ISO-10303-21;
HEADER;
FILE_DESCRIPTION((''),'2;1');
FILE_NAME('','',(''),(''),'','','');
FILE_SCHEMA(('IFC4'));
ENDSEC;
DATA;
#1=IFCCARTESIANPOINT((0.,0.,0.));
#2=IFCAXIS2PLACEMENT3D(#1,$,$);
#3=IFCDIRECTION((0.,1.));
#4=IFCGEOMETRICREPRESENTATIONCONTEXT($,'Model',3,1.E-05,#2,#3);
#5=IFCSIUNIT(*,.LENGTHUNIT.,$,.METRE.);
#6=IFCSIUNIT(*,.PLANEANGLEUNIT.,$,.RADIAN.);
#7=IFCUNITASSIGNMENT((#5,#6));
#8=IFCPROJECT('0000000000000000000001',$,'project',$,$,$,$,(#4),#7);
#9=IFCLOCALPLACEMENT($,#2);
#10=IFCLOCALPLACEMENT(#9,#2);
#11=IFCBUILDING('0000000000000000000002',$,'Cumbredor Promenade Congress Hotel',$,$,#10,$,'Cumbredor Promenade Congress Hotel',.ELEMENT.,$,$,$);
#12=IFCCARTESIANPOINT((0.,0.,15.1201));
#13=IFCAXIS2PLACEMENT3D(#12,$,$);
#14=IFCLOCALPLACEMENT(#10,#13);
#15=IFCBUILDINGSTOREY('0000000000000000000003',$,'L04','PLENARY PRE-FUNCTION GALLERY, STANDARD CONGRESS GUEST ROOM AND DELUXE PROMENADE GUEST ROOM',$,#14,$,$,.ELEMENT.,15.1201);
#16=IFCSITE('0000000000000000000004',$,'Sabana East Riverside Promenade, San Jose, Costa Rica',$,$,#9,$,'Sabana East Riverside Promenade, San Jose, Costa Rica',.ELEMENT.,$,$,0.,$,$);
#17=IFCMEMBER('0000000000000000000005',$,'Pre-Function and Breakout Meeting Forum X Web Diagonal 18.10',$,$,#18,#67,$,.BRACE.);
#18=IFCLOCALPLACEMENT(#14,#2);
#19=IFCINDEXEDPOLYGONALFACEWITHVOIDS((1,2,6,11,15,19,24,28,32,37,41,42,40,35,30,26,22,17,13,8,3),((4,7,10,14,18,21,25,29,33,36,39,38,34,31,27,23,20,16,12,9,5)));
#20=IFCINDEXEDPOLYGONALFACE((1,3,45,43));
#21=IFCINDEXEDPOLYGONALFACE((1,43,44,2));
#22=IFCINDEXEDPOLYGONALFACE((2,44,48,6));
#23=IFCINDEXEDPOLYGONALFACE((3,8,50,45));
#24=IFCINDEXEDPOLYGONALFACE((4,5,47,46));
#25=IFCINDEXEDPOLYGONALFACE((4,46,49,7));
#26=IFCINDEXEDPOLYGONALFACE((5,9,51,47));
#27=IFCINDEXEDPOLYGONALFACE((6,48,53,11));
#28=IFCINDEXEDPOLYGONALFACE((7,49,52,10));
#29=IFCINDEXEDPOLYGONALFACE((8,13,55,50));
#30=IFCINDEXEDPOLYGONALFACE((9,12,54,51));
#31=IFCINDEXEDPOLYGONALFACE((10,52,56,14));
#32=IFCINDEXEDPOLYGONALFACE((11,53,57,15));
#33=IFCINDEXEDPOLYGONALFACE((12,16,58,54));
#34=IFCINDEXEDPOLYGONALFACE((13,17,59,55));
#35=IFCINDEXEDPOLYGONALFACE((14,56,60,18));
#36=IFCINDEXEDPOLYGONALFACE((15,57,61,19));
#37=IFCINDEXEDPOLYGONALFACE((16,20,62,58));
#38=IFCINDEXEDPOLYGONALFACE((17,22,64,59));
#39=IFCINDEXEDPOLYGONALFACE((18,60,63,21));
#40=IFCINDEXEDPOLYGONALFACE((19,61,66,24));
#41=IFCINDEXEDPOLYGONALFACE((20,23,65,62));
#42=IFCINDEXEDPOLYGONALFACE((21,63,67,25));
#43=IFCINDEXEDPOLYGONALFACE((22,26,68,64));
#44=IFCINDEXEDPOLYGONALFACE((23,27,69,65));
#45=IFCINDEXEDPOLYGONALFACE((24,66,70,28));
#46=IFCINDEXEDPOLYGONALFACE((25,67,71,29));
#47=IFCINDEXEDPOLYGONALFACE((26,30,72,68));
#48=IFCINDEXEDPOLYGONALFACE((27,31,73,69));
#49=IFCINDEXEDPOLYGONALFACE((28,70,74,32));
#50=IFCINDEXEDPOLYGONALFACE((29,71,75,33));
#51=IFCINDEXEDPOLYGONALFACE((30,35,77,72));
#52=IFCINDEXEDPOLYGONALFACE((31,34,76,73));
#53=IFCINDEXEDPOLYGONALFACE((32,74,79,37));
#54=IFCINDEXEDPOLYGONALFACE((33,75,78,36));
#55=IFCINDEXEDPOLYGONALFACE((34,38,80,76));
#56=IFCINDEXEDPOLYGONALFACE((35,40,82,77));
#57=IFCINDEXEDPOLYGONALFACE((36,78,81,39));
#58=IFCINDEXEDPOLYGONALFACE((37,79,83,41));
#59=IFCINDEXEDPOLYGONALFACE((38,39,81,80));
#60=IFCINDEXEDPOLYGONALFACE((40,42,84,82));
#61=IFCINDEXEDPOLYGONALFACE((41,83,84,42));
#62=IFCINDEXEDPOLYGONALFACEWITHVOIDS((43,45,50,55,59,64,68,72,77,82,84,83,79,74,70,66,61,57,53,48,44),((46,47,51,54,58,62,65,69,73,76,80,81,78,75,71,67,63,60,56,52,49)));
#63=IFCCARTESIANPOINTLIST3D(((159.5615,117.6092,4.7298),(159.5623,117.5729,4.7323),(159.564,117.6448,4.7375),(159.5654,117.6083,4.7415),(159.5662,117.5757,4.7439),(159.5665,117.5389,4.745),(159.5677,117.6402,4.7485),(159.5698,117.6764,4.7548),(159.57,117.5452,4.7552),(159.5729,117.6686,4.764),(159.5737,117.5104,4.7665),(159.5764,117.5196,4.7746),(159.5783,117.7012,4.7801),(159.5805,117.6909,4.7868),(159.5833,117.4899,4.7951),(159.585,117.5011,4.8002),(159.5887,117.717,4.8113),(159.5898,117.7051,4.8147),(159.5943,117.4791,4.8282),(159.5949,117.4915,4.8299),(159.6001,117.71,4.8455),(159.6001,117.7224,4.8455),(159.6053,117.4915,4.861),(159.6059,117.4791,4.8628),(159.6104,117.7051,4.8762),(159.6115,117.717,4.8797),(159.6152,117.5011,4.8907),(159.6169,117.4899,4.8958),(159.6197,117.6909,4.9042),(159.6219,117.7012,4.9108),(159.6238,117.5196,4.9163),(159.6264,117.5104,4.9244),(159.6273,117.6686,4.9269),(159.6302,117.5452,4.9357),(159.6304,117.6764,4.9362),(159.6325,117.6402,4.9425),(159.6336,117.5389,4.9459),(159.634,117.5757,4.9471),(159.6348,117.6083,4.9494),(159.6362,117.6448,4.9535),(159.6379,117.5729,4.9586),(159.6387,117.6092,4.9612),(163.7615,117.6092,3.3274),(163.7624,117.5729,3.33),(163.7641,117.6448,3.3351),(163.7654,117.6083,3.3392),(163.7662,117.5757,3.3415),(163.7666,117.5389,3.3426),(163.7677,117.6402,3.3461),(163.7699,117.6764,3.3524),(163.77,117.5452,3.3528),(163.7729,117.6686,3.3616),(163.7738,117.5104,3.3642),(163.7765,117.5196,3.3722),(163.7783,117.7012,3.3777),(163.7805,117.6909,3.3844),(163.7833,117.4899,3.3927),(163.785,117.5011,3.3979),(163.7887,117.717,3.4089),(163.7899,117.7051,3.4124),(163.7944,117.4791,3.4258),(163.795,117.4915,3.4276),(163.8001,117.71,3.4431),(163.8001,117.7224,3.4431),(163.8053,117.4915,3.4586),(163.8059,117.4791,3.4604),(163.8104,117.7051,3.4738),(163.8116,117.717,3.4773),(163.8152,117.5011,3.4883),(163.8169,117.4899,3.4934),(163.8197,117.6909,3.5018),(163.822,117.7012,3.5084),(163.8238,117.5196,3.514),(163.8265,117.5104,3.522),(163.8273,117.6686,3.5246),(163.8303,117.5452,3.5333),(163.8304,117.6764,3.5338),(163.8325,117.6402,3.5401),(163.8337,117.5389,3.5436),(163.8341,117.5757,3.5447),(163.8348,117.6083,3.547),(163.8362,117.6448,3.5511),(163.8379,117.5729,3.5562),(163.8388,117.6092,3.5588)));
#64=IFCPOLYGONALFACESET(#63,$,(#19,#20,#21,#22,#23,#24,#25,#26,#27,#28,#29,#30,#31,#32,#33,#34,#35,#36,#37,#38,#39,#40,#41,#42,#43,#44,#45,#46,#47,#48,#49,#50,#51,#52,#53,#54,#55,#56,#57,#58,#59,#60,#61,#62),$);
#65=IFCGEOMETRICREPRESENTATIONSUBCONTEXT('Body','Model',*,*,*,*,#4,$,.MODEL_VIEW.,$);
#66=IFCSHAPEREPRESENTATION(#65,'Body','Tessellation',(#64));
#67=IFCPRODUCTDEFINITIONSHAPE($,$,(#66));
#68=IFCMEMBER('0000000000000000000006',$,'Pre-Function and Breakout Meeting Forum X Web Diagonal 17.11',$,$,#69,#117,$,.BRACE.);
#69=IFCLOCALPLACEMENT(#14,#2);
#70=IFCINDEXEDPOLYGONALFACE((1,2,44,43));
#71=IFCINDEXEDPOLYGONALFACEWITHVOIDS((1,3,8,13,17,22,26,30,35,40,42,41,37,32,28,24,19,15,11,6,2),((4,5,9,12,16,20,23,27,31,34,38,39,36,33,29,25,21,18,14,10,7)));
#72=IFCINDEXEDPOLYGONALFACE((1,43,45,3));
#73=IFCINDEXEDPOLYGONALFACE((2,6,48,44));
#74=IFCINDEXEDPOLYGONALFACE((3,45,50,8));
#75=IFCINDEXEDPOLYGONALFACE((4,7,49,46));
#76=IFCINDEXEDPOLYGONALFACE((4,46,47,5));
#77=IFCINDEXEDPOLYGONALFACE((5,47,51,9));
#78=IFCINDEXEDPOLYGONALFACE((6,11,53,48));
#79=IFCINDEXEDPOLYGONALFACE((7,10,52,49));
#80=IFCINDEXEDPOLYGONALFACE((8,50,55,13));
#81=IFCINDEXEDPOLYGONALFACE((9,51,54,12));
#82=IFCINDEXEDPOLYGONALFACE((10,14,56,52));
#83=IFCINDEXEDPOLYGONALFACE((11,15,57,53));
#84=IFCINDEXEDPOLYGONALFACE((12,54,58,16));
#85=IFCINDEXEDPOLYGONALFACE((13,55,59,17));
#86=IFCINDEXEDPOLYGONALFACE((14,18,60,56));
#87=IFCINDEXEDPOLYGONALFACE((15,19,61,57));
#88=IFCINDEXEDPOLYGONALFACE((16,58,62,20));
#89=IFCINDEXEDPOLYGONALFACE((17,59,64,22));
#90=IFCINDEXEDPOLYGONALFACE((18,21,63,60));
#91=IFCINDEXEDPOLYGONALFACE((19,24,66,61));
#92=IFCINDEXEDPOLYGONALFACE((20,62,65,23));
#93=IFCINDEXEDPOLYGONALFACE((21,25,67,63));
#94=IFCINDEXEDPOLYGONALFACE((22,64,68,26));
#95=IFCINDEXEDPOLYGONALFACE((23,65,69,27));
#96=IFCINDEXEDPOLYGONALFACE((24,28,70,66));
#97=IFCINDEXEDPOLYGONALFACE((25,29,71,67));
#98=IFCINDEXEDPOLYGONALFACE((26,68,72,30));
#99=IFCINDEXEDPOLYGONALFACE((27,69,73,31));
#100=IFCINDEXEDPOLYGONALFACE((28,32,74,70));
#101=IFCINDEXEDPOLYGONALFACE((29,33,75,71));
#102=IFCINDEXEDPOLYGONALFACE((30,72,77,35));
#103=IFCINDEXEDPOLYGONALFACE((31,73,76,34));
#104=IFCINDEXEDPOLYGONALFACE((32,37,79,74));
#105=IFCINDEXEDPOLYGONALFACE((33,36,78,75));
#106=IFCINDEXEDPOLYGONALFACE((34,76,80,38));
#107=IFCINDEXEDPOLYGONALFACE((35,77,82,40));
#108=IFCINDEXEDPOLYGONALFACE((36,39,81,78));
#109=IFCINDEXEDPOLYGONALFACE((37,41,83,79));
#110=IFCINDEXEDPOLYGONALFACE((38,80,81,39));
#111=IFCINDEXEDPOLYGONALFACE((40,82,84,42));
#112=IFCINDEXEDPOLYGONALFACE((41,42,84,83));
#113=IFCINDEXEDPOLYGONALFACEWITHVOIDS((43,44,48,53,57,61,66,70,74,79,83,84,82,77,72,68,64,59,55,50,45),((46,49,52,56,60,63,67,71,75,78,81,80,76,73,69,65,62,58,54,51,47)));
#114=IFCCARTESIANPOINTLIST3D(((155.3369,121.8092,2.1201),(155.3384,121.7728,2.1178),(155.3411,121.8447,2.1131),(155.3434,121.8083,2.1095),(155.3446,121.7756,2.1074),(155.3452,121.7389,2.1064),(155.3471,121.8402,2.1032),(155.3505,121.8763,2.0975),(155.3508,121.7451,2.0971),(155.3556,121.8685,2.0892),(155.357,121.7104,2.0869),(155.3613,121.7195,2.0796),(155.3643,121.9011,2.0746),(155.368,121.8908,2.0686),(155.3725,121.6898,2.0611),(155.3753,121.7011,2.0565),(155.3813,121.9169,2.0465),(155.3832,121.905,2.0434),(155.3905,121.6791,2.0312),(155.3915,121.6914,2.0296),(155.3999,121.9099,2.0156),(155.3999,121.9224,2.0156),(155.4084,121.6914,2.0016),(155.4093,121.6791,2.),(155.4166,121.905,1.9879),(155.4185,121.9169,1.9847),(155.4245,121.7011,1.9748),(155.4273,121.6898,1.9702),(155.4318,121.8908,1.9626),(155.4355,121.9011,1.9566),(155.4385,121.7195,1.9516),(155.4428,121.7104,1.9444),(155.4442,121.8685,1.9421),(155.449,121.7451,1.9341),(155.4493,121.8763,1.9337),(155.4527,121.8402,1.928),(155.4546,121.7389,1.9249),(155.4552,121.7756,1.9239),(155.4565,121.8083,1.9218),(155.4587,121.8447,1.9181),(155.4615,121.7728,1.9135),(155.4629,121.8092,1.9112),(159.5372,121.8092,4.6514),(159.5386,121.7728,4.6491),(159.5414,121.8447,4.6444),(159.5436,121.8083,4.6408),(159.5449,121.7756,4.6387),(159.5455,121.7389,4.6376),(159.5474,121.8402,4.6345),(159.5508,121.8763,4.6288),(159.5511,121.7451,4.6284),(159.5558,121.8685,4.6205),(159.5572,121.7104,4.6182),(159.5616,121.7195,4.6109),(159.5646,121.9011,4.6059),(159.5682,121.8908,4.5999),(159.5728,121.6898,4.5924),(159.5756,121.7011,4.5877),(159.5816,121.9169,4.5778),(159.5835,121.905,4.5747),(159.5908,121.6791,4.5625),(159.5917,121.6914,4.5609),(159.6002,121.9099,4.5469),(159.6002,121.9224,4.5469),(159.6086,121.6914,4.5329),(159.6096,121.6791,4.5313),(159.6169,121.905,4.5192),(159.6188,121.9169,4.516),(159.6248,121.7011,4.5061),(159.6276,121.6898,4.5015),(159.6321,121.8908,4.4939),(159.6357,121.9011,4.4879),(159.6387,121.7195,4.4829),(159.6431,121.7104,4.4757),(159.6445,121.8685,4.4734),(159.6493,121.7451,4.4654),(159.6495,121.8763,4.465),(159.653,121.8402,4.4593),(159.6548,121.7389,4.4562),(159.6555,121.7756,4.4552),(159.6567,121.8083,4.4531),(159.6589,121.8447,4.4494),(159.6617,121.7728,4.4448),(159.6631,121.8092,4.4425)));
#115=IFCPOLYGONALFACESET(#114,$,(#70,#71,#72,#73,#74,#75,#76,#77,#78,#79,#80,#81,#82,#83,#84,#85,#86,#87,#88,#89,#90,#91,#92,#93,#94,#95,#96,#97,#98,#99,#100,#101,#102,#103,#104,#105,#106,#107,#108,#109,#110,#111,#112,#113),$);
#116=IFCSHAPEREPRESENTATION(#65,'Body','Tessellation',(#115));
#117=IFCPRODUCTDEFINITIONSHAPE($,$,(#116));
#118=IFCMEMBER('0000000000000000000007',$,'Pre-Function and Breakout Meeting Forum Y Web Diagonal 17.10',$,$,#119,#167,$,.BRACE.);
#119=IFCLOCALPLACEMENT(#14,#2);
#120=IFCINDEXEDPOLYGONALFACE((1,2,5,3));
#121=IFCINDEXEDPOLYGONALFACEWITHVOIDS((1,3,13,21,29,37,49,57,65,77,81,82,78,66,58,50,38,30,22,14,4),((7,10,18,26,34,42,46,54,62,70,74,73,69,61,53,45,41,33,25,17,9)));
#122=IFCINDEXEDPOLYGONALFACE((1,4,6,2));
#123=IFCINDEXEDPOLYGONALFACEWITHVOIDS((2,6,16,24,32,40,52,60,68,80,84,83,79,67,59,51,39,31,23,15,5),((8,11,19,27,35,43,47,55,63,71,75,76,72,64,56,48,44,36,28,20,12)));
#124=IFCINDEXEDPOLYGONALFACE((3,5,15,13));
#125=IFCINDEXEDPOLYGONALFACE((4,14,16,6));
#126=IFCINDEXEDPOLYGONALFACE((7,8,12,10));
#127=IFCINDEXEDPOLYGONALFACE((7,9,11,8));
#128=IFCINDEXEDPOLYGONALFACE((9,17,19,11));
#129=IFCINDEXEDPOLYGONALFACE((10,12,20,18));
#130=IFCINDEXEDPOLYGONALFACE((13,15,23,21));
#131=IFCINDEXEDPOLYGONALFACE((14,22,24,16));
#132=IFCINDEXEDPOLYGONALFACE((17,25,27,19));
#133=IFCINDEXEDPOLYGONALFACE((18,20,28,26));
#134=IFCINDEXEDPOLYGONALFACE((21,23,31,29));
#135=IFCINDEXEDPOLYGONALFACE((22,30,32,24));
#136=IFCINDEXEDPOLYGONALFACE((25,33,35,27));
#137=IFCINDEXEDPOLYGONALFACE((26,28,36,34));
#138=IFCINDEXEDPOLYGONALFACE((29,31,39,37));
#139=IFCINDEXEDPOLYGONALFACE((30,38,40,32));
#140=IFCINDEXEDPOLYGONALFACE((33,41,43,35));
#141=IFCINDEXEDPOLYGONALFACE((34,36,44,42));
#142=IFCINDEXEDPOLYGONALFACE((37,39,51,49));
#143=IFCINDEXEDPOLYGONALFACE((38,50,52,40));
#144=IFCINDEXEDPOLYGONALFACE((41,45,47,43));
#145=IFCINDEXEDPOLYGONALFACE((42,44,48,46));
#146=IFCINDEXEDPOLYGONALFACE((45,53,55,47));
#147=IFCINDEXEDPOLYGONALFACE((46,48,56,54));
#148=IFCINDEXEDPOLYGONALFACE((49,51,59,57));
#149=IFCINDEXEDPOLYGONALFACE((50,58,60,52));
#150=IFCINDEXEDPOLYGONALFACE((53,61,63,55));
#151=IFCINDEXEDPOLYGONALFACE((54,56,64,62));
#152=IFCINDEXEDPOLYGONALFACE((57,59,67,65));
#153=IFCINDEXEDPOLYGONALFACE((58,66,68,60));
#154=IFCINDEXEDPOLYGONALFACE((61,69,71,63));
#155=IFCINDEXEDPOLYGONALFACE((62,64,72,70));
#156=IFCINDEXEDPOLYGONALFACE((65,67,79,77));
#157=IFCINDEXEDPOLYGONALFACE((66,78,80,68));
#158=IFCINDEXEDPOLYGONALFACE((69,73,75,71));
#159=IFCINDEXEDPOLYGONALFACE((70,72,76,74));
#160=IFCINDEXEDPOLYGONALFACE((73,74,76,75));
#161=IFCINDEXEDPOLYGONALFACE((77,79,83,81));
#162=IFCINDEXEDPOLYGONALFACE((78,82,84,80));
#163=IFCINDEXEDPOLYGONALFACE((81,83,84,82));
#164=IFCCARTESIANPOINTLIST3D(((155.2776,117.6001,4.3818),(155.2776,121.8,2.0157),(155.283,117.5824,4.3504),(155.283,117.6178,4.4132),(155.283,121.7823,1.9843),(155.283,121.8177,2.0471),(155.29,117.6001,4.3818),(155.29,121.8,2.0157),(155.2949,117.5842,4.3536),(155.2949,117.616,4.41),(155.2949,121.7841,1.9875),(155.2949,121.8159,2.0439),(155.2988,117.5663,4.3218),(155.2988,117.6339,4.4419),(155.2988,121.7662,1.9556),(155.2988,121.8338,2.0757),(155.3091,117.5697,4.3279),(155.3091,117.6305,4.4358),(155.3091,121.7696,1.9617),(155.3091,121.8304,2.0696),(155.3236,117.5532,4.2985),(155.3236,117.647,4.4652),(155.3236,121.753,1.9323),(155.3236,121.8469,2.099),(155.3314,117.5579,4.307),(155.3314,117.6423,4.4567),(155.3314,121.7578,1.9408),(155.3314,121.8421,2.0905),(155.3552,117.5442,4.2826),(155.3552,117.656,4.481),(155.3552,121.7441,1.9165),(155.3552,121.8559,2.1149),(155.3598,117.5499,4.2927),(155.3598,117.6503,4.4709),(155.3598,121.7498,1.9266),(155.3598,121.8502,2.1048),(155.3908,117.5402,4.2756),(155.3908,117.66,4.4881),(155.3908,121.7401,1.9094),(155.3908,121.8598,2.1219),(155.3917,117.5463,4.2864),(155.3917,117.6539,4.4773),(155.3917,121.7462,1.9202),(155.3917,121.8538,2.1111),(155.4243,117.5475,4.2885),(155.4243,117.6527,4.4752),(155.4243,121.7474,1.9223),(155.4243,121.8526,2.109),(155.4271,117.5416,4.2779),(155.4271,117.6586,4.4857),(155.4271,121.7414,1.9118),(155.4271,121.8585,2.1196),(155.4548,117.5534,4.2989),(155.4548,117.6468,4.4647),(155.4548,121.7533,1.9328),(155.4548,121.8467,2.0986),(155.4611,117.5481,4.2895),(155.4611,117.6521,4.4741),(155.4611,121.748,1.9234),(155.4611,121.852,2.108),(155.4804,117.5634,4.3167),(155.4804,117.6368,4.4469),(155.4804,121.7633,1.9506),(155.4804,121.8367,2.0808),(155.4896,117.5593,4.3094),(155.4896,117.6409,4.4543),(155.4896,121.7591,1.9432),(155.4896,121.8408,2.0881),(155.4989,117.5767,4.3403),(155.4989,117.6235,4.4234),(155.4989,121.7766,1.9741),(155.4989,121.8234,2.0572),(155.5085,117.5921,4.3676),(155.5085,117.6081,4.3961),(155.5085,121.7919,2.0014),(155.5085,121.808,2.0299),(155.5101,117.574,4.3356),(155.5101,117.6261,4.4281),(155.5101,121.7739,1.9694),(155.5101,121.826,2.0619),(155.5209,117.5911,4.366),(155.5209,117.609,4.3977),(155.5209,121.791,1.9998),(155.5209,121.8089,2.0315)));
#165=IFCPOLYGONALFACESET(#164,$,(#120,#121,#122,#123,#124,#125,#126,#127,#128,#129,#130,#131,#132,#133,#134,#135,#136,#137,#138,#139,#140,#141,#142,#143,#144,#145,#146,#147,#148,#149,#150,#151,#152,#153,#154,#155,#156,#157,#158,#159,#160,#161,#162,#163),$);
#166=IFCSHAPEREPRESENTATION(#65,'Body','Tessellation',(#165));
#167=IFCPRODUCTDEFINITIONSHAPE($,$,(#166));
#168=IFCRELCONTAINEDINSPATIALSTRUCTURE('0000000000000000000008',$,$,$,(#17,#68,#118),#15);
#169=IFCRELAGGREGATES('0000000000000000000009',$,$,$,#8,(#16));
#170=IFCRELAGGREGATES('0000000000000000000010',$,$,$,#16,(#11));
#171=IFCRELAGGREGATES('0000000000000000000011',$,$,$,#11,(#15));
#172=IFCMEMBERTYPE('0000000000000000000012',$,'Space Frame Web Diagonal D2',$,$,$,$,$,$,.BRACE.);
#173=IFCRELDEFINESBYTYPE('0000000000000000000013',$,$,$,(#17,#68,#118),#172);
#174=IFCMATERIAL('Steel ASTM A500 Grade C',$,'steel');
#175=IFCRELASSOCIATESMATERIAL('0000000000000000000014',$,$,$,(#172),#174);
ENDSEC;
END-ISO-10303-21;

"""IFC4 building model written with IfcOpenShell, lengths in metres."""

from ifc_helpers import new_model, si_unit, direction, frame, origin, origin_2d, place, context, subcontext, project, spatial, hollow_circle, extrude, material, material_profile, profile_set, type_object, element, save


model = new_model("IFC4")

# Units and contexts
model_context = context("Model", 3, precision=1e-05, world=origin(), true_north=direction((0.0, 1.0)))
body_context = subcontext(model_context, "Body", "Model", "MODEL_VIEW")
ifc_project = project(units=[si_unit("LENGTHUNIT", "METRE"), si_unit("PLANEANGLEUNIT", "RADIAN")], contexts=[model_context])

# Site, building, storey
site_placement = place(None, origin())
site = spatial("IfcSite", under=ifc_project, at=site_placement, Name="Sabana East Riverside Promenade, San Jose, Costa Rica", LongName="Sabana East Riverside Promenade, San Jose, Costa Rica", CompositionType="ELEMENT", RefElevation=0.0)
building_placement = place(site_placement, origin())
building = spatial("IfcBuilding", under=site, at=building_placement, Name="Cumbredor Promenade Congress Hotel", LongName="Cumbredor Promenade Congress Hotel", CompositionType="ELEMENT")
storey_placement = place(building_placement, frame((0.0, 0.0, 15.1201)))
storey = spatial("IfcBuildingStorey", under=building, at=storey_placement, Name="L04", Description="PLENARY PRE-FUNCTION GALLERY, STANDARD CONGRESS GUEST ROOM AND DELUXE PROMENADE GUEST ROOM", CompositionType="ELEMENT", Elevation=15.1201)

# Members
ifc_material_1 = material(Name="Steel ASTM A500 Grade C", Category="steel")
ifc_material_profile_1 = material_profile(ifc_material_1, hollow_circle(Radius=0.1223, WallThickness=0.0125, at=origin_2d()), Name="CHS 244.5x12.5")
ifc_profile_set_1 = profile_set([ifc_material_profile_1], Name="Steel ASTM A500 Grade C")
member_type_1 = type_object("IfcMemberType", Name="Space Frame Web Diagonal D2", PredefinedType="BRACE", material=ifc_profile_set_1)
member_1_placement = place(storey_placement, frame((159.6001, 117.6001, 4.8455), z_axis=(0.948523, 0.0, -0.316707), x_axis=(0.0, 1.0, 0.0)))
element("IfcMember", 1, at=member_1_placement, inside=storey, type_object=member_type_1, Name="Pre-Function and Breakout Meeting Forum X Web Diagonal 18.10", PredefinedType="BRACE", context=body_context, shape_type="SweptSolid", body=[
    extrude(hollow_circle(Radius=0.1223, WallThickness=0.0125, at=origin_2d()), origin(), (0.0, 0.0, 1.0), 4.428),
])
member_2_placement = place(storey_placement, frame((155.3999, 121.8, 2.0156), z_axis=(0.85649, 0.0, 0.516164), x_axis=(0.0, 1.0, 0.0)))
element("IfcMember", 2, at=member_2_placement, inside=storey, type_object=member_type_1, Name="Pre-Function and Breakout Meeting Forum X Web Diagonal 17.11", PredefinedType="BRACE", context=body_context, shape_type="SweptSolid", body=[
    extrude(hollow_circle(Radius=0.1223, WallThickness=0.0125, at=origin_2d()), origin(), (0.0, 0.0, 1.0), 4.9041),
])
member_3_placement = place(storey_placement, frame((155.3999, 117.6001, 4.3818), z_axis=(0.0, 0.871244, -0.49085), x_axis=(-1.0, 0.0, 0.0)))
element("IfcMember", 3, at=member_3_placement, inside=storey, type_object=member_type_1, Name="Pre-Function and Breakout Meeting Forum Y Web Diagonal 17.10", PredefinedType="BRACE", context=body_context, shape_type="SweptSolid", body=[
    extrude(hollow_circle(Radius=0.1223, WallThickness=0.0125, at=origin_2d()), origin(), (0.0, 0.0, 1.0), 4.8206),
])

save(model, "model.ifc")
